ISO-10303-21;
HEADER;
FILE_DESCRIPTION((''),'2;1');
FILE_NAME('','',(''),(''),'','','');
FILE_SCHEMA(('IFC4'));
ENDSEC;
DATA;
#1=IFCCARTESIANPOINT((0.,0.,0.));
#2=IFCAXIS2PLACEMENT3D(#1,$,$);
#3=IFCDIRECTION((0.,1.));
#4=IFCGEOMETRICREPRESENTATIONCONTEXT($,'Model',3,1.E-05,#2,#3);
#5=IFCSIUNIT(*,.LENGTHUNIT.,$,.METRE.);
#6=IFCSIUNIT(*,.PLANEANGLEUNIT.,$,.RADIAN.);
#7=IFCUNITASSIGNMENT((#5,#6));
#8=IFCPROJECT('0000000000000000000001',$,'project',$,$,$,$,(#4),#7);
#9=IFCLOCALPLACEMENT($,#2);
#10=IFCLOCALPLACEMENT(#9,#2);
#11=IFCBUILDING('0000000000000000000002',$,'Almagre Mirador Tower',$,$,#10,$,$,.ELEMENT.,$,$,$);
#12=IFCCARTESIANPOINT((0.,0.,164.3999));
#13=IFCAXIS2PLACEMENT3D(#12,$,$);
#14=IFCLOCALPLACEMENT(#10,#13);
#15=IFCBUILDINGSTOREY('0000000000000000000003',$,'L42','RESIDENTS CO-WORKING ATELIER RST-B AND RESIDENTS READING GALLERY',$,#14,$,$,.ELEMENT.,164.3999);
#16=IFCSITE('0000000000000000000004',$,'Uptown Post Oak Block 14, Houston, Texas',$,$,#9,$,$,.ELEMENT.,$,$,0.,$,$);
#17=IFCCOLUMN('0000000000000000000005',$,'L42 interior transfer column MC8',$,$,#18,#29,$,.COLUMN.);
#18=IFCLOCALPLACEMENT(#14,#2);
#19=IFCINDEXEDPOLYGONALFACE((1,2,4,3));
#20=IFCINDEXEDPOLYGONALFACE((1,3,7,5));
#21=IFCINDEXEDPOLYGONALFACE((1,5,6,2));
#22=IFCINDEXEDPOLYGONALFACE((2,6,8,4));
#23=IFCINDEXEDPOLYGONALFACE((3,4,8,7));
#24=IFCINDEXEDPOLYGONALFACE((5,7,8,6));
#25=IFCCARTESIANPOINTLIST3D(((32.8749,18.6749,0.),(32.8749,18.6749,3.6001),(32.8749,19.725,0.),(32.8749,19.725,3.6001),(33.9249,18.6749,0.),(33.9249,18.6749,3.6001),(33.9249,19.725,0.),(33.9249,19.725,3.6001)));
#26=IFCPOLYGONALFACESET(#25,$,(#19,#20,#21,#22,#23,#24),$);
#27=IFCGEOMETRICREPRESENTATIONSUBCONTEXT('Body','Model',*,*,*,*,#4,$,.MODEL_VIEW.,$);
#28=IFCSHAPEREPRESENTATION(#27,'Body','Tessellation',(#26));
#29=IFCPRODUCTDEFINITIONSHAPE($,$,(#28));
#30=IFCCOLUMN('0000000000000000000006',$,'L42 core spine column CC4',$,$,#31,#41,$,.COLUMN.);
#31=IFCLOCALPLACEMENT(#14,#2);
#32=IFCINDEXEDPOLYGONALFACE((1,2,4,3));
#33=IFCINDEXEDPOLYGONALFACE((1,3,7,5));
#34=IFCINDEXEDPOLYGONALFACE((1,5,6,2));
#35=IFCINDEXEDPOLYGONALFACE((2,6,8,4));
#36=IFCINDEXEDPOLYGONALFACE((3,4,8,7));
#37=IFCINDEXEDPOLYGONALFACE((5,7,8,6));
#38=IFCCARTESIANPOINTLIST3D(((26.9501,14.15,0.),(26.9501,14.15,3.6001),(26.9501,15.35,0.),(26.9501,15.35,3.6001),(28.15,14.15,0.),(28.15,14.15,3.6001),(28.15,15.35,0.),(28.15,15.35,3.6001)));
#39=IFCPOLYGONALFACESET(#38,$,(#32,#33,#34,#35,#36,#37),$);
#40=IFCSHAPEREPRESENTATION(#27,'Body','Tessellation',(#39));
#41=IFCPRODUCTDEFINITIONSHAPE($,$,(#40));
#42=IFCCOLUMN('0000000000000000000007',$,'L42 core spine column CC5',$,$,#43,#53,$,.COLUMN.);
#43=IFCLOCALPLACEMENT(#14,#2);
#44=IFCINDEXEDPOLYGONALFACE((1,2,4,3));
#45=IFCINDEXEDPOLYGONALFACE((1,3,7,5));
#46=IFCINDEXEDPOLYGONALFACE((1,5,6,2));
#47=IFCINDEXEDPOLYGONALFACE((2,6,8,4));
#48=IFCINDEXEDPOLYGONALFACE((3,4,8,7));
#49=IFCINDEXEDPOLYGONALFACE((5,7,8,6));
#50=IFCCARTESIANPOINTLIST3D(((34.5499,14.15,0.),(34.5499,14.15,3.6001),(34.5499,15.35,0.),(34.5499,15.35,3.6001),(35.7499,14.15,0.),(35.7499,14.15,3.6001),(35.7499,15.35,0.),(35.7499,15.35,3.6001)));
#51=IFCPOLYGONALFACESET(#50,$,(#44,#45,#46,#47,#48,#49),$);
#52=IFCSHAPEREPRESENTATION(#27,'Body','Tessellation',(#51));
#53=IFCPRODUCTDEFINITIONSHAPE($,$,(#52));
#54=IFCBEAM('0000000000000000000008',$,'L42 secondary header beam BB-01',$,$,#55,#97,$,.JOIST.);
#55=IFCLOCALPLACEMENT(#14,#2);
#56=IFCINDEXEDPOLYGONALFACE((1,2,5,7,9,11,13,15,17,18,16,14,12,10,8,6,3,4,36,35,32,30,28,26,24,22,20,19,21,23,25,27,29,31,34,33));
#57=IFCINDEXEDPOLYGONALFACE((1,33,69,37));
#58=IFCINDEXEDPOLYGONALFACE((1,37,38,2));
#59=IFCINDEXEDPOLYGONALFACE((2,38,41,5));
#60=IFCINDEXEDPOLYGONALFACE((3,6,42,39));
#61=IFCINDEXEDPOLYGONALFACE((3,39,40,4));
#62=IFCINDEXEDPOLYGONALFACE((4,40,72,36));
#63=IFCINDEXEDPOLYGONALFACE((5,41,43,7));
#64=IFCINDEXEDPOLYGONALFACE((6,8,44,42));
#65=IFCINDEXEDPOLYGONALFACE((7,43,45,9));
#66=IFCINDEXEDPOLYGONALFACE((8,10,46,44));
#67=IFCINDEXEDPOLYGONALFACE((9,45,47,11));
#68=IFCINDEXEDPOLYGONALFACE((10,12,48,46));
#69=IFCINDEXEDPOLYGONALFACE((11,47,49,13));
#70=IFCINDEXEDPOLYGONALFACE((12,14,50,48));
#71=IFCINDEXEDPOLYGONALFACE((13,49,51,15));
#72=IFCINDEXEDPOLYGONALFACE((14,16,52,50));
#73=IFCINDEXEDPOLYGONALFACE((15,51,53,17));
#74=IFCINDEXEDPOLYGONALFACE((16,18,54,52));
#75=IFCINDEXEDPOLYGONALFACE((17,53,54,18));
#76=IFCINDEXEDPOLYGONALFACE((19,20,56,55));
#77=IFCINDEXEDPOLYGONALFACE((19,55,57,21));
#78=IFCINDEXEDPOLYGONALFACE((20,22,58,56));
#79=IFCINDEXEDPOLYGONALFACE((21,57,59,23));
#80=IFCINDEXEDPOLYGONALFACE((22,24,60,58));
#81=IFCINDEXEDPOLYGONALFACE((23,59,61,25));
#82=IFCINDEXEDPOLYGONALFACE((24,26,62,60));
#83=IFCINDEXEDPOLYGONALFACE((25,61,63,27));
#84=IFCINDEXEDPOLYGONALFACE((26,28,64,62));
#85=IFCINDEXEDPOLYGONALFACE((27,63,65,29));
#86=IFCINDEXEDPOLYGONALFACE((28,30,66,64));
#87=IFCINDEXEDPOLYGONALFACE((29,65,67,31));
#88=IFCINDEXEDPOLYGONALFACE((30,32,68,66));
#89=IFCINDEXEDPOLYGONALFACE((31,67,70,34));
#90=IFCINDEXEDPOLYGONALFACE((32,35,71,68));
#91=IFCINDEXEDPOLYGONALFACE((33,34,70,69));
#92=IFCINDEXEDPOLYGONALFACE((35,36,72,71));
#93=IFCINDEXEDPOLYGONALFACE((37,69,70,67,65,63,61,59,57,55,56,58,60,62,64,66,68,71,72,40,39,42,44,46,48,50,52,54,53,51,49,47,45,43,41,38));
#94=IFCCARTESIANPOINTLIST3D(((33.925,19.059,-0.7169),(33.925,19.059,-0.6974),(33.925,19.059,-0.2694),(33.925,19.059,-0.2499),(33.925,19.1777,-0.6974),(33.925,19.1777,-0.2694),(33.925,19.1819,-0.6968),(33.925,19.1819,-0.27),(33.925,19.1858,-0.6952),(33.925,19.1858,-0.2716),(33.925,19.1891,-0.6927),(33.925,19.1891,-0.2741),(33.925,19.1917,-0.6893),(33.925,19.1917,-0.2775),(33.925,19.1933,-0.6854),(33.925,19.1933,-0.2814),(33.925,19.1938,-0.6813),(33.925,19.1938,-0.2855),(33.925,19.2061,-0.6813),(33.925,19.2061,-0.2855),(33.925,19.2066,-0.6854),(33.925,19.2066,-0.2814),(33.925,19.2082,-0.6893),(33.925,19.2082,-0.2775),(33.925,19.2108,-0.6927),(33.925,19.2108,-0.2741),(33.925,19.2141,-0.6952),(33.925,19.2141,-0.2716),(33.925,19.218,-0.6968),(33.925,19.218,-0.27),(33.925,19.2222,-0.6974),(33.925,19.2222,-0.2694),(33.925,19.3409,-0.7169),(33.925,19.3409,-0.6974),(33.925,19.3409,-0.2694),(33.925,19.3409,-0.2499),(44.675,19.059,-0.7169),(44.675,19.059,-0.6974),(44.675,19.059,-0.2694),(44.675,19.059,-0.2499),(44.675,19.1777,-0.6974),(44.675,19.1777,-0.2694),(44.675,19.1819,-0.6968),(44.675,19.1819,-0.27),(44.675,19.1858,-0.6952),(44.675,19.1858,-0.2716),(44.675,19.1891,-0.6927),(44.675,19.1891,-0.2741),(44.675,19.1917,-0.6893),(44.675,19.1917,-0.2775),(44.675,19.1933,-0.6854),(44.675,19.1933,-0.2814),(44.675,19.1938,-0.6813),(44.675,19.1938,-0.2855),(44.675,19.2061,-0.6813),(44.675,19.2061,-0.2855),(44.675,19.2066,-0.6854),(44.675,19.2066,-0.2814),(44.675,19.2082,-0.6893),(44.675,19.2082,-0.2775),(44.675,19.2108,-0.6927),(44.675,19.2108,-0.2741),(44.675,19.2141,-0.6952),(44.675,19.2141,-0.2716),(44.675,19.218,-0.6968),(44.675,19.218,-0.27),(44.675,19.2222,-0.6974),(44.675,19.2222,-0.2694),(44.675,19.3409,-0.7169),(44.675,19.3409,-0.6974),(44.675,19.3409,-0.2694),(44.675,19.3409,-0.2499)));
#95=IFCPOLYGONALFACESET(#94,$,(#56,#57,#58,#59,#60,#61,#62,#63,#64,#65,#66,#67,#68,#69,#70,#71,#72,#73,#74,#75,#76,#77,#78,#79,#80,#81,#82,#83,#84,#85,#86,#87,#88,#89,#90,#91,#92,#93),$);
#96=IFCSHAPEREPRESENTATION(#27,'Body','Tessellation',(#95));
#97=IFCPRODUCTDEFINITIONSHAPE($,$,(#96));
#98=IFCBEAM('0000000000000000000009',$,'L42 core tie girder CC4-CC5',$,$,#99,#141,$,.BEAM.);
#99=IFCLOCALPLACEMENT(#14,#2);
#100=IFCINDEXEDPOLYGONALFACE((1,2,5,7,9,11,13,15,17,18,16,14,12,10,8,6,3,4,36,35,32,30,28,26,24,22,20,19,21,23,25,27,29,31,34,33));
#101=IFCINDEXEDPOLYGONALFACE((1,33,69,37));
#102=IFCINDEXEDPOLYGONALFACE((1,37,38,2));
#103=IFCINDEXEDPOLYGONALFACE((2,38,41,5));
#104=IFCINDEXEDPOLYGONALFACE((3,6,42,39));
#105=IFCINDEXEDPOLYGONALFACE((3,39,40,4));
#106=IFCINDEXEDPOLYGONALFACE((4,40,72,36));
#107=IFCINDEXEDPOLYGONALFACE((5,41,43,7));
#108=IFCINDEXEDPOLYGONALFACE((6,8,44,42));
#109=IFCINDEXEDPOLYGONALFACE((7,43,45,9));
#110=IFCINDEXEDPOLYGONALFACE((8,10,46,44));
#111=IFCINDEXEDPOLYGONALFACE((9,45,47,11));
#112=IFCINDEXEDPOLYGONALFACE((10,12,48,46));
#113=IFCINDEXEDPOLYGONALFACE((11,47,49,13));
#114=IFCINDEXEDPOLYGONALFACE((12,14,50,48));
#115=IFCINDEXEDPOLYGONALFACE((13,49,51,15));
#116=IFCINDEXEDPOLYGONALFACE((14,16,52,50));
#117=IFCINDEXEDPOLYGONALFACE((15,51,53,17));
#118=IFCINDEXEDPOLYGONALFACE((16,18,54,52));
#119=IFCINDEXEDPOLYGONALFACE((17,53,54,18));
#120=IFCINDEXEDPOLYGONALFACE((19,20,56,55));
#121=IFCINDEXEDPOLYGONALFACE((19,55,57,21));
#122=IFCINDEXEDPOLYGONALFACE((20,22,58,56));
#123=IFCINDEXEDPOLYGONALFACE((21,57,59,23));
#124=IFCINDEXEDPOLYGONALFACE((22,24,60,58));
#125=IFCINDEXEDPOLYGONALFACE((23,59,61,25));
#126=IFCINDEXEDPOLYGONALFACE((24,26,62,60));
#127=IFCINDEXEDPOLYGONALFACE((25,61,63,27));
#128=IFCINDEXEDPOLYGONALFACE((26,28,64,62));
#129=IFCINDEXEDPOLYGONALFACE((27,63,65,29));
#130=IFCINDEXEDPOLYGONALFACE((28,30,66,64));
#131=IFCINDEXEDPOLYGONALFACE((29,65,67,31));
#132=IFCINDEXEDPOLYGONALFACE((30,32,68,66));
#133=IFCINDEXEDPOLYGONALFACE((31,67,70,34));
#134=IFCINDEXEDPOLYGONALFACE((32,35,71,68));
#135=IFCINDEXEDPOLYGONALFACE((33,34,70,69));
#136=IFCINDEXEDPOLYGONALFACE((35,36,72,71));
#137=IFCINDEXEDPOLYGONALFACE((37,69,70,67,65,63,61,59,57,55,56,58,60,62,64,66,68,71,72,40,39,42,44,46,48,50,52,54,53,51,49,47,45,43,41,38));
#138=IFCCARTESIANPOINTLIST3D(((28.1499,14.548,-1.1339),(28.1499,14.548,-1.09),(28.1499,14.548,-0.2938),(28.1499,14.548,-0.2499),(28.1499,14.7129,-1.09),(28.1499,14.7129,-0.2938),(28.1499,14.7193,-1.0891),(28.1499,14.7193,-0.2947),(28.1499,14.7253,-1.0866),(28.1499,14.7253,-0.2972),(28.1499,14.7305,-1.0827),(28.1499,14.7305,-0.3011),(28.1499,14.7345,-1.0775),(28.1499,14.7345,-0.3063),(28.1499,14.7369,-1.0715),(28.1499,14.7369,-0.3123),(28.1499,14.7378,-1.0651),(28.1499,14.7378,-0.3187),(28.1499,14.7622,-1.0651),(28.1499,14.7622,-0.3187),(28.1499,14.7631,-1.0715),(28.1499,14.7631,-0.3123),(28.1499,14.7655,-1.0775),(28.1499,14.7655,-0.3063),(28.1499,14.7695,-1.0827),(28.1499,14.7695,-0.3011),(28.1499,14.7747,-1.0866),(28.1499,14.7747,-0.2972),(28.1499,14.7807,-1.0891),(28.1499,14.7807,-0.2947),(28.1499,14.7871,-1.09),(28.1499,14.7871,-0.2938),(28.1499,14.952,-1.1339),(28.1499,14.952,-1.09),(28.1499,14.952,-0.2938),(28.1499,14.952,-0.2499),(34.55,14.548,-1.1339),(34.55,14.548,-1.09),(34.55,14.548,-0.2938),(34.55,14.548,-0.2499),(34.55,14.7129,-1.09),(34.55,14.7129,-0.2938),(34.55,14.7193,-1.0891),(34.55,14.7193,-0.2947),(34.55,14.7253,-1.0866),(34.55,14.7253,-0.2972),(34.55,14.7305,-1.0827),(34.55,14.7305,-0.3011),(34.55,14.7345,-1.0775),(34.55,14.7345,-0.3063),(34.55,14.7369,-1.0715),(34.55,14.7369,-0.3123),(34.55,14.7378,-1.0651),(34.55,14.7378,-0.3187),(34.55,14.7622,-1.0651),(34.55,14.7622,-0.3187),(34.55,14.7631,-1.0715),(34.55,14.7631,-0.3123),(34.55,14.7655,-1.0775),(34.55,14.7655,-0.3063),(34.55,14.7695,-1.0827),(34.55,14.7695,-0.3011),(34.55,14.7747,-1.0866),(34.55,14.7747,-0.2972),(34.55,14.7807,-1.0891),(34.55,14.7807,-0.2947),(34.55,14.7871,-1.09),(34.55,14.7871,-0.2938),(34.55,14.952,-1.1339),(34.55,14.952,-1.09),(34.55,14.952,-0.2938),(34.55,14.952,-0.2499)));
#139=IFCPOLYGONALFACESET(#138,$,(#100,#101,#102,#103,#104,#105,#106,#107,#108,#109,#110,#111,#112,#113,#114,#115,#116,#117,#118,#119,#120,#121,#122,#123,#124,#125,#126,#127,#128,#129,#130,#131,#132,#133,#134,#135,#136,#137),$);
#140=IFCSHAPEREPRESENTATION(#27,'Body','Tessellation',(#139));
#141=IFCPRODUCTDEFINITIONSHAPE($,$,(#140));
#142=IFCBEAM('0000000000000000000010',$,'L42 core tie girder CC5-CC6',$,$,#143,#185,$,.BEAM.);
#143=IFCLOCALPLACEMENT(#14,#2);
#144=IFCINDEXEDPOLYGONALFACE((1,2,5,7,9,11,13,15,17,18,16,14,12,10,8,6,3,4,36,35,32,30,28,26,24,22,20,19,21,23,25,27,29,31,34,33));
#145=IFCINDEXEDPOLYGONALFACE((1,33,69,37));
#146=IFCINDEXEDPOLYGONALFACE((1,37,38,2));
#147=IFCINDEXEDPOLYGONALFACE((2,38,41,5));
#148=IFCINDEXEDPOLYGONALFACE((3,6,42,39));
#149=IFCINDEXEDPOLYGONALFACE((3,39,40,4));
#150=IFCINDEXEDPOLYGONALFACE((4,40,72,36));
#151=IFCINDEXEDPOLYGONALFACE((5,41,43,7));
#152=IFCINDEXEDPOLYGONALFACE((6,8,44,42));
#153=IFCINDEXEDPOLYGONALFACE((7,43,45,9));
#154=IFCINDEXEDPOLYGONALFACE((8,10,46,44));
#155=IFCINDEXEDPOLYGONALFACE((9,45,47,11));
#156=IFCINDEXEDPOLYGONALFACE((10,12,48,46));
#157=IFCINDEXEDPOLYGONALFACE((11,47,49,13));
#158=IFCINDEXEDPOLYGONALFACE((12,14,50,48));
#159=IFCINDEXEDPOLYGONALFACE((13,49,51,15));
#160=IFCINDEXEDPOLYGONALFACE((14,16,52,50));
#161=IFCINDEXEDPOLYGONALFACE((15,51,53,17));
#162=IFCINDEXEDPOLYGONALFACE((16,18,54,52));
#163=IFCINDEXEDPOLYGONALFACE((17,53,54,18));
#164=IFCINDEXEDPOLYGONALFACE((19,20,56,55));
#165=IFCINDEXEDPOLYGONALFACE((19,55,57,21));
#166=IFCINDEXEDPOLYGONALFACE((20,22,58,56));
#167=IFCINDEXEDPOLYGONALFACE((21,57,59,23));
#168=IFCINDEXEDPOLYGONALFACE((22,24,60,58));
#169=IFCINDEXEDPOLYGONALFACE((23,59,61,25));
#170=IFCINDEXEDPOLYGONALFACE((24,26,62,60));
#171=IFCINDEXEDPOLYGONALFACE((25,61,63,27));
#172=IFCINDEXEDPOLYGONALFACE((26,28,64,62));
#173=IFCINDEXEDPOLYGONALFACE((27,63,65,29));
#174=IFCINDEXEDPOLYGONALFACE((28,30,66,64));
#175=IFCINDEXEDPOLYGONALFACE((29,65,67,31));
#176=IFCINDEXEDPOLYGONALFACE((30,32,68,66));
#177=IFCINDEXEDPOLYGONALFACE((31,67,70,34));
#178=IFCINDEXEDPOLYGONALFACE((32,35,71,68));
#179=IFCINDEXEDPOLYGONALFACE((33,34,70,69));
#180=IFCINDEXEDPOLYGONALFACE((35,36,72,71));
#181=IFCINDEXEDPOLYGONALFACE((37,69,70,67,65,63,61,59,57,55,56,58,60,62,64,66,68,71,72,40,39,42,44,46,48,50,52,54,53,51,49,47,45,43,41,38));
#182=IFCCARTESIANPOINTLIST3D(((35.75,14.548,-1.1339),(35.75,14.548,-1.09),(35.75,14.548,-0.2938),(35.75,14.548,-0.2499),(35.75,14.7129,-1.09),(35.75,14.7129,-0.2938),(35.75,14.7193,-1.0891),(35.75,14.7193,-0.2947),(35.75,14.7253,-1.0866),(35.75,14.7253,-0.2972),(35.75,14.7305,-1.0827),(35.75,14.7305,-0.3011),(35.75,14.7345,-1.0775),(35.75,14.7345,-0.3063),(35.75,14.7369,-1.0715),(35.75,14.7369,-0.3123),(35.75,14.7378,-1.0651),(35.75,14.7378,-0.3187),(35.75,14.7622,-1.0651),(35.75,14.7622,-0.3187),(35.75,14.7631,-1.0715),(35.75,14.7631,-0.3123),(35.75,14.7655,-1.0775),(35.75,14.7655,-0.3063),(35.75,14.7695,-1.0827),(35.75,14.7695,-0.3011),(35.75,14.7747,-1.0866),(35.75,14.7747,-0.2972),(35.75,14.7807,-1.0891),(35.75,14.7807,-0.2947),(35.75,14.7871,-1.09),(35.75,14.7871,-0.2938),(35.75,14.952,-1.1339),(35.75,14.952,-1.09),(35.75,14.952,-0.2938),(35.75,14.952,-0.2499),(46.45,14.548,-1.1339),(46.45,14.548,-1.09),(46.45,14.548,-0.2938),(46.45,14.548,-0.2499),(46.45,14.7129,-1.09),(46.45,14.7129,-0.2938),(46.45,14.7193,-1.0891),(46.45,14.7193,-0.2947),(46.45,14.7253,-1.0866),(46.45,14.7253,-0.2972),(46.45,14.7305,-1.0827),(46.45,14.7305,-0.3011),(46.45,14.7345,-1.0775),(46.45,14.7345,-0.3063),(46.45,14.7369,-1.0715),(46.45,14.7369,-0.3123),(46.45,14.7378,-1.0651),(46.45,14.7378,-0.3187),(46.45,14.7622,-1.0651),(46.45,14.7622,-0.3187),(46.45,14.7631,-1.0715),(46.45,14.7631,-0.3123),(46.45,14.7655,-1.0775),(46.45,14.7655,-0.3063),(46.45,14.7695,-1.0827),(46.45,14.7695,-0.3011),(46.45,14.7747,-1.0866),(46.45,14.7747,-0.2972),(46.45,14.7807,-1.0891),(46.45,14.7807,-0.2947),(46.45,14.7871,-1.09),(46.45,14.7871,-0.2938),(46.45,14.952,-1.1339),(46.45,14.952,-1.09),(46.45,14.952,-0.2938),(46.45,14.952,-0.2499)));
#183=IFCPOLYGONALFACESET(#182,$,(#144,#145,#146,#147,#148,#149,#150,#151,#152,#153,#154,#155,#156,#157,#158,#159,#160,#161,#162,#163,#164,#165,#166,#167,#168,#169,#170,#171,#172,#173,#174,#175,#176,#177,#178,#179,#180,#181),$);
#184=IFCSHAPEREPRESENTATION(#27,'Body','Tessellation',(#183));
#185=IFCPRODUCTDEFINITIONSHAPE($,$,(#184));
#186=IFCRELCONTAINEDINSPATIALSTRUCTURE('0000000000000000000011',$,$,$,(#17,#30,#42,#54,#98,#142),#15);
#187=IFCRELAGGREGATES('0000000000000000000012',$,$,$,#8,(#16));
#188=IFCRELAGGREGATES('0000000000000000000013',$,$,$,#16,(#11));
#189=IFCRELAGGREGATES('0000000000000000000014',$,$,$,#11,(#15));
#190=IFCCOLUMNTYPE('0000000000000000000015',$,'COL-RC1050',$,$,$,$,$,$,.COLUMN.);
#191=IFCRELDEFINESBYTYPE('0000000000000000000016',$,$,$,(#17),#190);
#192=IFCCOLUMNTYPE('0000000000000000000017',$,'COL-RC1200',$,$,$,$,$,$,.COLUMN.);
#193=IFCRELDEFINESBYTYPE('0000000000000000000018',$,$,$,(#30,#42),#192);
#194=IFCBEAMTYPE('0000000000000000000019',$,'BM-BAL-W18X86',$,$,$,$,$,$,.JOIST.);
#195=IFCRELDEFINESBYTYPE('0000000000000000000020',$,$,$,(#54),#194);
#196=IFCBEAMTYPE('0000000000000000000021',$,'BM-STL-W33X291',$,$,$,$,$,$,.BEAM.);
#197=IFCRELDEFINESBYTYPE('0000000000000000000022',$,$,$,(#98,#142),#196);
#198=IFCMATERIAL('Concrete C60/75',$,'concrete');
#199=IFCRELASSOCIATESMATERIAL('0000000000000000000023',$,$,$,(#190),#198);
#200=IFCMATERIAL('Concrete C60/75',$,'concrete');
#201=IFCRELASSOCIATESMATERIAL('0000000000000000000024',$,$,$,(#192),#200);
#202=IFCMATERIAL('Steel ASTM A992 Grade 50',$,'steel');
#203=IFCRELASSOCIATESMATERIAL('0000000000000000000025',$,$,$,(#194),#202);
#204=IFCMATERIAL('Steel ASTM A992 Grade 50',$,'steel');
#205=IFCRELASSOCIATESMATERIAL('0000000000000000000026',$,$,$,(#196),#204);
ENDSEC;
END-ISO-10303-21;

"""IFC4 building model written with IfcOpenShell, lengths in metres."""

from ifc_helpers import new_model, si_unit, direction, frame, origin, origin_2d, place, context, subcontext, project, spatial, rectangle, i_section, extrude, material, material_profile, profile_set, type_object, element, save


model = new_model("IFC4")

# Units and contexts
model_context = context("Model", 3, precision=1e-05, world=origin(), true_north=direction((0.0, 1.0)))
body_context = subcontext(model_context, "Body", "Model", "MODEL_VIEW")
ifc_project = project(units=[si_unit("LENGTHUNIT", "METRE"), si_unit("PLANEANGLEUNIT", "RADIAN")], contexts=[model_context])

# Site, building, storey
site_placement = place(None, origin())
site = spatial("IfcSite", under=ifc_project, at=site_placement, Name="Uptown Post Oak Block 14, Houston, Texas", CompositionType="ELEMENT", RefElevation=0.0)
building_placement = place(site_placement, origin())
building = spatial("IfcBuilding", under=site, at=building_placement, Name="Almagre Mirador Tower", CompositionType="ELEMENT")
storey_placement = place(building_placement, frame((0.0, 0.0, 164.3999)))
storey = spatial("IfcBuildingStorey", under=building, at=storey_placement, Name="L42", Description="RESIDENTS CO-WORKING ATELIER RST-B AND RESIDENTS READING GALLERY", CompositionType="ELEMENT", Elevation=164.3999)

# Columns
ifc_material_1 = material(Name="Concrete C60/75", Category="concrete")
ifc_material_profile_1 = material_profile(ifc_material_1, rectangle(XDim=1.05, YDim=1.05, at=origin_2d()), Name="RC1050X1050")
ifc_profile_set_1 = profile_set([ifc_material_profile_1], Name="Concrete C60/75")
column_type_1 = type_object("IfcColumnType", Name="COL-RC1050", PredefinedType="COLUMN", material=ifc_profile_set_1)
column_placement = place(storey_placement, frame((33.3999, 19.2, 0.0), z_axis=(0.0, 0.0, 1.0), x_axis=(1.0, 0.0, 0.0)))
element("IfcColumn", 1, at=column_placement, inside=storey, type_object=column_type_1, Name="L42 interior transfer column MC8", PredefinedType="COLUMN", context=body_context, shape_type="SweptSolid", body=[
    extrude(rectangle(XDim=1.05, YDim=1.05, at=origin_2d()), origin(), (0.0, 0.0, 1.0), 3.6001),
])
ifc_material_2 = material(Name="Concrete C60/75", Category="concrete")
ifc_material_profile_2 = material_profile(ifc_material_2, rectangle(XDim=1.2, YDim=1.2, at=origin_2d()), Name="RC1200X1200")
ifc_profile_set_2 = profile_set([ifc_material_profile_2], Name="Concrete C60/75")
column_type_2 = type_object("IfcColumnType", Name="COL-RC1200", PredefinedType="COLUMN", material=ifc_profile_set_2)
for number, where, z_axis, x_axis, name in (
    (2, (27.55, 14.75, 0.0), (0.0, 0.0, 1.0), (1.0, 0.0, 0.0), "L42 core spine column CC4"),
    (3, (35.1499, 14.75, 0.0), (0.0, 0.0, 1.0), (1.0, 0.0, 0.0), "L42 core spine column CC5"),
):
    element("IfcColumn", number, at=place(storey_placement, frame(where, z_axis=z_axis, x_axis=x_axis)), inside=storey, type_object=column_type_2, Name=name, PredefinedType="COLUMN", context=body_context, shape_type="SweptSolid", body=[
        extrude(rectangle(XDim=1.2, YDim=1.2, at=origin_2d()), origin(), (0.0, 0.0, 1.0), 3.6001),
    ])

# Beams
ifc_material_3 = material(Name="Steel ASTM A992 Grade 50", Category="steel")
ifc_material_profile_3 = material_profile(ifc_material_3, i_section(OverallWidth=0.282, OverallDepth=0.467, WebThickness=0.0122, FlangeThickness=0.0195, FilletRadius=0.0161, at=origin_2d()), Name="W18X86")
ifc_profile_set_3 = profile_set([ifc_material_profile_3], Name="Steel ASTM A992 Grade 50")
beam_type_1 = type_object("IfcBeamType", Name="BM-BAL-W18X86", PredefinedType="JOIST", material=ifc_profile_set_3)
beam_1_placement = place(storey_placement, frame((33.925, 19.2, -0.4834), z_axis=(1.0, 0.0, 0.0), x_axis=(0.0, 1.0, 0.0)))
element("IfcBeam", 4, at=beam_1_placement, inside=storey, type_object=beam_type_1, Name="L42 secondary header beam BB-01", PredefinedType="JOIST", context=body_context, shape_type="SweptSolid", body=[
    extrude(i_section(OverallWidth=0.282, OverallDepth=0.467, WebThickness=0.0122, FlangeThickness=0.0195, FilletRadius=0.0161, at=origin_2d()), origin(), (0.0, 0.0, 1.0), 10.75),
])
ifc_material_4 = material(Name="Steel ASTM A992 Grade 50", Category="steel")
ifc_material_profile_4 = material_profile(ifc_material_4, i_section(OverallWidth=0.4041, OverallDepth=0.884, WebThickness=0.0244, FlangeThickness=0.0439, FilletRadius=0.0249, at=origin_2d()), Name="W33X291")
ifc_profile_set_4 = profile_set([ifc_material_profile_4], Name="Steel ASTM A992 Grade 50")
beam_type_2 = type_object("IfcBeamType", Name="BM-STL-W33X291", PredefinedType="BEAM", material=ifc_profile_set_4)
beam_2_placement = place(storey_placement, frame((28.1499, 14.75, -0.6919), z_axis=(1.0, 0.0, 0.0), x_axis=(0.0, 1.0, 0.0)))
element("IfcBeam", 5, at=beam_2_placement, inside=storey, type_object=beam_type_2, Name="L42 core tie girder CC4-CC5", PredefinedType="BEAM", context=body_context, shape_type="SweptSolid", body=[
    extrude(i_section(OverallWidth=0.4041, OverallDepth=0.884, WebThickness=0.0244, FlangeThickness=0.0439, FilletRadius=0.0249, at=origin_2d()), origin(), (0.0, 0.0, 1.0), 6.4001),
])
beam_3_placement = place(storey_placement, frame((35.75, 14.75, -0.6919), z_axis=(1.0, 0.0, 0.0), x_axis=(0.0, 1.0, 0.0)))
element("IfcBeam", 6, at=beam_3_placement, inside=storey, type_object=beam_type_2, Name="L42 core tie girder CC5-CC6", PredefinedType="BEAM", context=body_context, shape_type="SweptSolid", body=[
    extrude(i_section(OverallWidth=0.4041, OverallDepth=0.884, WebThickness=0.0244, FlangeThickness=0.0439, FilletRadius=0.0249, at=origin_2d()), origin(), (0.0, 0.0, 1.0), 10.7),
])

save(model, "model.ifc")
